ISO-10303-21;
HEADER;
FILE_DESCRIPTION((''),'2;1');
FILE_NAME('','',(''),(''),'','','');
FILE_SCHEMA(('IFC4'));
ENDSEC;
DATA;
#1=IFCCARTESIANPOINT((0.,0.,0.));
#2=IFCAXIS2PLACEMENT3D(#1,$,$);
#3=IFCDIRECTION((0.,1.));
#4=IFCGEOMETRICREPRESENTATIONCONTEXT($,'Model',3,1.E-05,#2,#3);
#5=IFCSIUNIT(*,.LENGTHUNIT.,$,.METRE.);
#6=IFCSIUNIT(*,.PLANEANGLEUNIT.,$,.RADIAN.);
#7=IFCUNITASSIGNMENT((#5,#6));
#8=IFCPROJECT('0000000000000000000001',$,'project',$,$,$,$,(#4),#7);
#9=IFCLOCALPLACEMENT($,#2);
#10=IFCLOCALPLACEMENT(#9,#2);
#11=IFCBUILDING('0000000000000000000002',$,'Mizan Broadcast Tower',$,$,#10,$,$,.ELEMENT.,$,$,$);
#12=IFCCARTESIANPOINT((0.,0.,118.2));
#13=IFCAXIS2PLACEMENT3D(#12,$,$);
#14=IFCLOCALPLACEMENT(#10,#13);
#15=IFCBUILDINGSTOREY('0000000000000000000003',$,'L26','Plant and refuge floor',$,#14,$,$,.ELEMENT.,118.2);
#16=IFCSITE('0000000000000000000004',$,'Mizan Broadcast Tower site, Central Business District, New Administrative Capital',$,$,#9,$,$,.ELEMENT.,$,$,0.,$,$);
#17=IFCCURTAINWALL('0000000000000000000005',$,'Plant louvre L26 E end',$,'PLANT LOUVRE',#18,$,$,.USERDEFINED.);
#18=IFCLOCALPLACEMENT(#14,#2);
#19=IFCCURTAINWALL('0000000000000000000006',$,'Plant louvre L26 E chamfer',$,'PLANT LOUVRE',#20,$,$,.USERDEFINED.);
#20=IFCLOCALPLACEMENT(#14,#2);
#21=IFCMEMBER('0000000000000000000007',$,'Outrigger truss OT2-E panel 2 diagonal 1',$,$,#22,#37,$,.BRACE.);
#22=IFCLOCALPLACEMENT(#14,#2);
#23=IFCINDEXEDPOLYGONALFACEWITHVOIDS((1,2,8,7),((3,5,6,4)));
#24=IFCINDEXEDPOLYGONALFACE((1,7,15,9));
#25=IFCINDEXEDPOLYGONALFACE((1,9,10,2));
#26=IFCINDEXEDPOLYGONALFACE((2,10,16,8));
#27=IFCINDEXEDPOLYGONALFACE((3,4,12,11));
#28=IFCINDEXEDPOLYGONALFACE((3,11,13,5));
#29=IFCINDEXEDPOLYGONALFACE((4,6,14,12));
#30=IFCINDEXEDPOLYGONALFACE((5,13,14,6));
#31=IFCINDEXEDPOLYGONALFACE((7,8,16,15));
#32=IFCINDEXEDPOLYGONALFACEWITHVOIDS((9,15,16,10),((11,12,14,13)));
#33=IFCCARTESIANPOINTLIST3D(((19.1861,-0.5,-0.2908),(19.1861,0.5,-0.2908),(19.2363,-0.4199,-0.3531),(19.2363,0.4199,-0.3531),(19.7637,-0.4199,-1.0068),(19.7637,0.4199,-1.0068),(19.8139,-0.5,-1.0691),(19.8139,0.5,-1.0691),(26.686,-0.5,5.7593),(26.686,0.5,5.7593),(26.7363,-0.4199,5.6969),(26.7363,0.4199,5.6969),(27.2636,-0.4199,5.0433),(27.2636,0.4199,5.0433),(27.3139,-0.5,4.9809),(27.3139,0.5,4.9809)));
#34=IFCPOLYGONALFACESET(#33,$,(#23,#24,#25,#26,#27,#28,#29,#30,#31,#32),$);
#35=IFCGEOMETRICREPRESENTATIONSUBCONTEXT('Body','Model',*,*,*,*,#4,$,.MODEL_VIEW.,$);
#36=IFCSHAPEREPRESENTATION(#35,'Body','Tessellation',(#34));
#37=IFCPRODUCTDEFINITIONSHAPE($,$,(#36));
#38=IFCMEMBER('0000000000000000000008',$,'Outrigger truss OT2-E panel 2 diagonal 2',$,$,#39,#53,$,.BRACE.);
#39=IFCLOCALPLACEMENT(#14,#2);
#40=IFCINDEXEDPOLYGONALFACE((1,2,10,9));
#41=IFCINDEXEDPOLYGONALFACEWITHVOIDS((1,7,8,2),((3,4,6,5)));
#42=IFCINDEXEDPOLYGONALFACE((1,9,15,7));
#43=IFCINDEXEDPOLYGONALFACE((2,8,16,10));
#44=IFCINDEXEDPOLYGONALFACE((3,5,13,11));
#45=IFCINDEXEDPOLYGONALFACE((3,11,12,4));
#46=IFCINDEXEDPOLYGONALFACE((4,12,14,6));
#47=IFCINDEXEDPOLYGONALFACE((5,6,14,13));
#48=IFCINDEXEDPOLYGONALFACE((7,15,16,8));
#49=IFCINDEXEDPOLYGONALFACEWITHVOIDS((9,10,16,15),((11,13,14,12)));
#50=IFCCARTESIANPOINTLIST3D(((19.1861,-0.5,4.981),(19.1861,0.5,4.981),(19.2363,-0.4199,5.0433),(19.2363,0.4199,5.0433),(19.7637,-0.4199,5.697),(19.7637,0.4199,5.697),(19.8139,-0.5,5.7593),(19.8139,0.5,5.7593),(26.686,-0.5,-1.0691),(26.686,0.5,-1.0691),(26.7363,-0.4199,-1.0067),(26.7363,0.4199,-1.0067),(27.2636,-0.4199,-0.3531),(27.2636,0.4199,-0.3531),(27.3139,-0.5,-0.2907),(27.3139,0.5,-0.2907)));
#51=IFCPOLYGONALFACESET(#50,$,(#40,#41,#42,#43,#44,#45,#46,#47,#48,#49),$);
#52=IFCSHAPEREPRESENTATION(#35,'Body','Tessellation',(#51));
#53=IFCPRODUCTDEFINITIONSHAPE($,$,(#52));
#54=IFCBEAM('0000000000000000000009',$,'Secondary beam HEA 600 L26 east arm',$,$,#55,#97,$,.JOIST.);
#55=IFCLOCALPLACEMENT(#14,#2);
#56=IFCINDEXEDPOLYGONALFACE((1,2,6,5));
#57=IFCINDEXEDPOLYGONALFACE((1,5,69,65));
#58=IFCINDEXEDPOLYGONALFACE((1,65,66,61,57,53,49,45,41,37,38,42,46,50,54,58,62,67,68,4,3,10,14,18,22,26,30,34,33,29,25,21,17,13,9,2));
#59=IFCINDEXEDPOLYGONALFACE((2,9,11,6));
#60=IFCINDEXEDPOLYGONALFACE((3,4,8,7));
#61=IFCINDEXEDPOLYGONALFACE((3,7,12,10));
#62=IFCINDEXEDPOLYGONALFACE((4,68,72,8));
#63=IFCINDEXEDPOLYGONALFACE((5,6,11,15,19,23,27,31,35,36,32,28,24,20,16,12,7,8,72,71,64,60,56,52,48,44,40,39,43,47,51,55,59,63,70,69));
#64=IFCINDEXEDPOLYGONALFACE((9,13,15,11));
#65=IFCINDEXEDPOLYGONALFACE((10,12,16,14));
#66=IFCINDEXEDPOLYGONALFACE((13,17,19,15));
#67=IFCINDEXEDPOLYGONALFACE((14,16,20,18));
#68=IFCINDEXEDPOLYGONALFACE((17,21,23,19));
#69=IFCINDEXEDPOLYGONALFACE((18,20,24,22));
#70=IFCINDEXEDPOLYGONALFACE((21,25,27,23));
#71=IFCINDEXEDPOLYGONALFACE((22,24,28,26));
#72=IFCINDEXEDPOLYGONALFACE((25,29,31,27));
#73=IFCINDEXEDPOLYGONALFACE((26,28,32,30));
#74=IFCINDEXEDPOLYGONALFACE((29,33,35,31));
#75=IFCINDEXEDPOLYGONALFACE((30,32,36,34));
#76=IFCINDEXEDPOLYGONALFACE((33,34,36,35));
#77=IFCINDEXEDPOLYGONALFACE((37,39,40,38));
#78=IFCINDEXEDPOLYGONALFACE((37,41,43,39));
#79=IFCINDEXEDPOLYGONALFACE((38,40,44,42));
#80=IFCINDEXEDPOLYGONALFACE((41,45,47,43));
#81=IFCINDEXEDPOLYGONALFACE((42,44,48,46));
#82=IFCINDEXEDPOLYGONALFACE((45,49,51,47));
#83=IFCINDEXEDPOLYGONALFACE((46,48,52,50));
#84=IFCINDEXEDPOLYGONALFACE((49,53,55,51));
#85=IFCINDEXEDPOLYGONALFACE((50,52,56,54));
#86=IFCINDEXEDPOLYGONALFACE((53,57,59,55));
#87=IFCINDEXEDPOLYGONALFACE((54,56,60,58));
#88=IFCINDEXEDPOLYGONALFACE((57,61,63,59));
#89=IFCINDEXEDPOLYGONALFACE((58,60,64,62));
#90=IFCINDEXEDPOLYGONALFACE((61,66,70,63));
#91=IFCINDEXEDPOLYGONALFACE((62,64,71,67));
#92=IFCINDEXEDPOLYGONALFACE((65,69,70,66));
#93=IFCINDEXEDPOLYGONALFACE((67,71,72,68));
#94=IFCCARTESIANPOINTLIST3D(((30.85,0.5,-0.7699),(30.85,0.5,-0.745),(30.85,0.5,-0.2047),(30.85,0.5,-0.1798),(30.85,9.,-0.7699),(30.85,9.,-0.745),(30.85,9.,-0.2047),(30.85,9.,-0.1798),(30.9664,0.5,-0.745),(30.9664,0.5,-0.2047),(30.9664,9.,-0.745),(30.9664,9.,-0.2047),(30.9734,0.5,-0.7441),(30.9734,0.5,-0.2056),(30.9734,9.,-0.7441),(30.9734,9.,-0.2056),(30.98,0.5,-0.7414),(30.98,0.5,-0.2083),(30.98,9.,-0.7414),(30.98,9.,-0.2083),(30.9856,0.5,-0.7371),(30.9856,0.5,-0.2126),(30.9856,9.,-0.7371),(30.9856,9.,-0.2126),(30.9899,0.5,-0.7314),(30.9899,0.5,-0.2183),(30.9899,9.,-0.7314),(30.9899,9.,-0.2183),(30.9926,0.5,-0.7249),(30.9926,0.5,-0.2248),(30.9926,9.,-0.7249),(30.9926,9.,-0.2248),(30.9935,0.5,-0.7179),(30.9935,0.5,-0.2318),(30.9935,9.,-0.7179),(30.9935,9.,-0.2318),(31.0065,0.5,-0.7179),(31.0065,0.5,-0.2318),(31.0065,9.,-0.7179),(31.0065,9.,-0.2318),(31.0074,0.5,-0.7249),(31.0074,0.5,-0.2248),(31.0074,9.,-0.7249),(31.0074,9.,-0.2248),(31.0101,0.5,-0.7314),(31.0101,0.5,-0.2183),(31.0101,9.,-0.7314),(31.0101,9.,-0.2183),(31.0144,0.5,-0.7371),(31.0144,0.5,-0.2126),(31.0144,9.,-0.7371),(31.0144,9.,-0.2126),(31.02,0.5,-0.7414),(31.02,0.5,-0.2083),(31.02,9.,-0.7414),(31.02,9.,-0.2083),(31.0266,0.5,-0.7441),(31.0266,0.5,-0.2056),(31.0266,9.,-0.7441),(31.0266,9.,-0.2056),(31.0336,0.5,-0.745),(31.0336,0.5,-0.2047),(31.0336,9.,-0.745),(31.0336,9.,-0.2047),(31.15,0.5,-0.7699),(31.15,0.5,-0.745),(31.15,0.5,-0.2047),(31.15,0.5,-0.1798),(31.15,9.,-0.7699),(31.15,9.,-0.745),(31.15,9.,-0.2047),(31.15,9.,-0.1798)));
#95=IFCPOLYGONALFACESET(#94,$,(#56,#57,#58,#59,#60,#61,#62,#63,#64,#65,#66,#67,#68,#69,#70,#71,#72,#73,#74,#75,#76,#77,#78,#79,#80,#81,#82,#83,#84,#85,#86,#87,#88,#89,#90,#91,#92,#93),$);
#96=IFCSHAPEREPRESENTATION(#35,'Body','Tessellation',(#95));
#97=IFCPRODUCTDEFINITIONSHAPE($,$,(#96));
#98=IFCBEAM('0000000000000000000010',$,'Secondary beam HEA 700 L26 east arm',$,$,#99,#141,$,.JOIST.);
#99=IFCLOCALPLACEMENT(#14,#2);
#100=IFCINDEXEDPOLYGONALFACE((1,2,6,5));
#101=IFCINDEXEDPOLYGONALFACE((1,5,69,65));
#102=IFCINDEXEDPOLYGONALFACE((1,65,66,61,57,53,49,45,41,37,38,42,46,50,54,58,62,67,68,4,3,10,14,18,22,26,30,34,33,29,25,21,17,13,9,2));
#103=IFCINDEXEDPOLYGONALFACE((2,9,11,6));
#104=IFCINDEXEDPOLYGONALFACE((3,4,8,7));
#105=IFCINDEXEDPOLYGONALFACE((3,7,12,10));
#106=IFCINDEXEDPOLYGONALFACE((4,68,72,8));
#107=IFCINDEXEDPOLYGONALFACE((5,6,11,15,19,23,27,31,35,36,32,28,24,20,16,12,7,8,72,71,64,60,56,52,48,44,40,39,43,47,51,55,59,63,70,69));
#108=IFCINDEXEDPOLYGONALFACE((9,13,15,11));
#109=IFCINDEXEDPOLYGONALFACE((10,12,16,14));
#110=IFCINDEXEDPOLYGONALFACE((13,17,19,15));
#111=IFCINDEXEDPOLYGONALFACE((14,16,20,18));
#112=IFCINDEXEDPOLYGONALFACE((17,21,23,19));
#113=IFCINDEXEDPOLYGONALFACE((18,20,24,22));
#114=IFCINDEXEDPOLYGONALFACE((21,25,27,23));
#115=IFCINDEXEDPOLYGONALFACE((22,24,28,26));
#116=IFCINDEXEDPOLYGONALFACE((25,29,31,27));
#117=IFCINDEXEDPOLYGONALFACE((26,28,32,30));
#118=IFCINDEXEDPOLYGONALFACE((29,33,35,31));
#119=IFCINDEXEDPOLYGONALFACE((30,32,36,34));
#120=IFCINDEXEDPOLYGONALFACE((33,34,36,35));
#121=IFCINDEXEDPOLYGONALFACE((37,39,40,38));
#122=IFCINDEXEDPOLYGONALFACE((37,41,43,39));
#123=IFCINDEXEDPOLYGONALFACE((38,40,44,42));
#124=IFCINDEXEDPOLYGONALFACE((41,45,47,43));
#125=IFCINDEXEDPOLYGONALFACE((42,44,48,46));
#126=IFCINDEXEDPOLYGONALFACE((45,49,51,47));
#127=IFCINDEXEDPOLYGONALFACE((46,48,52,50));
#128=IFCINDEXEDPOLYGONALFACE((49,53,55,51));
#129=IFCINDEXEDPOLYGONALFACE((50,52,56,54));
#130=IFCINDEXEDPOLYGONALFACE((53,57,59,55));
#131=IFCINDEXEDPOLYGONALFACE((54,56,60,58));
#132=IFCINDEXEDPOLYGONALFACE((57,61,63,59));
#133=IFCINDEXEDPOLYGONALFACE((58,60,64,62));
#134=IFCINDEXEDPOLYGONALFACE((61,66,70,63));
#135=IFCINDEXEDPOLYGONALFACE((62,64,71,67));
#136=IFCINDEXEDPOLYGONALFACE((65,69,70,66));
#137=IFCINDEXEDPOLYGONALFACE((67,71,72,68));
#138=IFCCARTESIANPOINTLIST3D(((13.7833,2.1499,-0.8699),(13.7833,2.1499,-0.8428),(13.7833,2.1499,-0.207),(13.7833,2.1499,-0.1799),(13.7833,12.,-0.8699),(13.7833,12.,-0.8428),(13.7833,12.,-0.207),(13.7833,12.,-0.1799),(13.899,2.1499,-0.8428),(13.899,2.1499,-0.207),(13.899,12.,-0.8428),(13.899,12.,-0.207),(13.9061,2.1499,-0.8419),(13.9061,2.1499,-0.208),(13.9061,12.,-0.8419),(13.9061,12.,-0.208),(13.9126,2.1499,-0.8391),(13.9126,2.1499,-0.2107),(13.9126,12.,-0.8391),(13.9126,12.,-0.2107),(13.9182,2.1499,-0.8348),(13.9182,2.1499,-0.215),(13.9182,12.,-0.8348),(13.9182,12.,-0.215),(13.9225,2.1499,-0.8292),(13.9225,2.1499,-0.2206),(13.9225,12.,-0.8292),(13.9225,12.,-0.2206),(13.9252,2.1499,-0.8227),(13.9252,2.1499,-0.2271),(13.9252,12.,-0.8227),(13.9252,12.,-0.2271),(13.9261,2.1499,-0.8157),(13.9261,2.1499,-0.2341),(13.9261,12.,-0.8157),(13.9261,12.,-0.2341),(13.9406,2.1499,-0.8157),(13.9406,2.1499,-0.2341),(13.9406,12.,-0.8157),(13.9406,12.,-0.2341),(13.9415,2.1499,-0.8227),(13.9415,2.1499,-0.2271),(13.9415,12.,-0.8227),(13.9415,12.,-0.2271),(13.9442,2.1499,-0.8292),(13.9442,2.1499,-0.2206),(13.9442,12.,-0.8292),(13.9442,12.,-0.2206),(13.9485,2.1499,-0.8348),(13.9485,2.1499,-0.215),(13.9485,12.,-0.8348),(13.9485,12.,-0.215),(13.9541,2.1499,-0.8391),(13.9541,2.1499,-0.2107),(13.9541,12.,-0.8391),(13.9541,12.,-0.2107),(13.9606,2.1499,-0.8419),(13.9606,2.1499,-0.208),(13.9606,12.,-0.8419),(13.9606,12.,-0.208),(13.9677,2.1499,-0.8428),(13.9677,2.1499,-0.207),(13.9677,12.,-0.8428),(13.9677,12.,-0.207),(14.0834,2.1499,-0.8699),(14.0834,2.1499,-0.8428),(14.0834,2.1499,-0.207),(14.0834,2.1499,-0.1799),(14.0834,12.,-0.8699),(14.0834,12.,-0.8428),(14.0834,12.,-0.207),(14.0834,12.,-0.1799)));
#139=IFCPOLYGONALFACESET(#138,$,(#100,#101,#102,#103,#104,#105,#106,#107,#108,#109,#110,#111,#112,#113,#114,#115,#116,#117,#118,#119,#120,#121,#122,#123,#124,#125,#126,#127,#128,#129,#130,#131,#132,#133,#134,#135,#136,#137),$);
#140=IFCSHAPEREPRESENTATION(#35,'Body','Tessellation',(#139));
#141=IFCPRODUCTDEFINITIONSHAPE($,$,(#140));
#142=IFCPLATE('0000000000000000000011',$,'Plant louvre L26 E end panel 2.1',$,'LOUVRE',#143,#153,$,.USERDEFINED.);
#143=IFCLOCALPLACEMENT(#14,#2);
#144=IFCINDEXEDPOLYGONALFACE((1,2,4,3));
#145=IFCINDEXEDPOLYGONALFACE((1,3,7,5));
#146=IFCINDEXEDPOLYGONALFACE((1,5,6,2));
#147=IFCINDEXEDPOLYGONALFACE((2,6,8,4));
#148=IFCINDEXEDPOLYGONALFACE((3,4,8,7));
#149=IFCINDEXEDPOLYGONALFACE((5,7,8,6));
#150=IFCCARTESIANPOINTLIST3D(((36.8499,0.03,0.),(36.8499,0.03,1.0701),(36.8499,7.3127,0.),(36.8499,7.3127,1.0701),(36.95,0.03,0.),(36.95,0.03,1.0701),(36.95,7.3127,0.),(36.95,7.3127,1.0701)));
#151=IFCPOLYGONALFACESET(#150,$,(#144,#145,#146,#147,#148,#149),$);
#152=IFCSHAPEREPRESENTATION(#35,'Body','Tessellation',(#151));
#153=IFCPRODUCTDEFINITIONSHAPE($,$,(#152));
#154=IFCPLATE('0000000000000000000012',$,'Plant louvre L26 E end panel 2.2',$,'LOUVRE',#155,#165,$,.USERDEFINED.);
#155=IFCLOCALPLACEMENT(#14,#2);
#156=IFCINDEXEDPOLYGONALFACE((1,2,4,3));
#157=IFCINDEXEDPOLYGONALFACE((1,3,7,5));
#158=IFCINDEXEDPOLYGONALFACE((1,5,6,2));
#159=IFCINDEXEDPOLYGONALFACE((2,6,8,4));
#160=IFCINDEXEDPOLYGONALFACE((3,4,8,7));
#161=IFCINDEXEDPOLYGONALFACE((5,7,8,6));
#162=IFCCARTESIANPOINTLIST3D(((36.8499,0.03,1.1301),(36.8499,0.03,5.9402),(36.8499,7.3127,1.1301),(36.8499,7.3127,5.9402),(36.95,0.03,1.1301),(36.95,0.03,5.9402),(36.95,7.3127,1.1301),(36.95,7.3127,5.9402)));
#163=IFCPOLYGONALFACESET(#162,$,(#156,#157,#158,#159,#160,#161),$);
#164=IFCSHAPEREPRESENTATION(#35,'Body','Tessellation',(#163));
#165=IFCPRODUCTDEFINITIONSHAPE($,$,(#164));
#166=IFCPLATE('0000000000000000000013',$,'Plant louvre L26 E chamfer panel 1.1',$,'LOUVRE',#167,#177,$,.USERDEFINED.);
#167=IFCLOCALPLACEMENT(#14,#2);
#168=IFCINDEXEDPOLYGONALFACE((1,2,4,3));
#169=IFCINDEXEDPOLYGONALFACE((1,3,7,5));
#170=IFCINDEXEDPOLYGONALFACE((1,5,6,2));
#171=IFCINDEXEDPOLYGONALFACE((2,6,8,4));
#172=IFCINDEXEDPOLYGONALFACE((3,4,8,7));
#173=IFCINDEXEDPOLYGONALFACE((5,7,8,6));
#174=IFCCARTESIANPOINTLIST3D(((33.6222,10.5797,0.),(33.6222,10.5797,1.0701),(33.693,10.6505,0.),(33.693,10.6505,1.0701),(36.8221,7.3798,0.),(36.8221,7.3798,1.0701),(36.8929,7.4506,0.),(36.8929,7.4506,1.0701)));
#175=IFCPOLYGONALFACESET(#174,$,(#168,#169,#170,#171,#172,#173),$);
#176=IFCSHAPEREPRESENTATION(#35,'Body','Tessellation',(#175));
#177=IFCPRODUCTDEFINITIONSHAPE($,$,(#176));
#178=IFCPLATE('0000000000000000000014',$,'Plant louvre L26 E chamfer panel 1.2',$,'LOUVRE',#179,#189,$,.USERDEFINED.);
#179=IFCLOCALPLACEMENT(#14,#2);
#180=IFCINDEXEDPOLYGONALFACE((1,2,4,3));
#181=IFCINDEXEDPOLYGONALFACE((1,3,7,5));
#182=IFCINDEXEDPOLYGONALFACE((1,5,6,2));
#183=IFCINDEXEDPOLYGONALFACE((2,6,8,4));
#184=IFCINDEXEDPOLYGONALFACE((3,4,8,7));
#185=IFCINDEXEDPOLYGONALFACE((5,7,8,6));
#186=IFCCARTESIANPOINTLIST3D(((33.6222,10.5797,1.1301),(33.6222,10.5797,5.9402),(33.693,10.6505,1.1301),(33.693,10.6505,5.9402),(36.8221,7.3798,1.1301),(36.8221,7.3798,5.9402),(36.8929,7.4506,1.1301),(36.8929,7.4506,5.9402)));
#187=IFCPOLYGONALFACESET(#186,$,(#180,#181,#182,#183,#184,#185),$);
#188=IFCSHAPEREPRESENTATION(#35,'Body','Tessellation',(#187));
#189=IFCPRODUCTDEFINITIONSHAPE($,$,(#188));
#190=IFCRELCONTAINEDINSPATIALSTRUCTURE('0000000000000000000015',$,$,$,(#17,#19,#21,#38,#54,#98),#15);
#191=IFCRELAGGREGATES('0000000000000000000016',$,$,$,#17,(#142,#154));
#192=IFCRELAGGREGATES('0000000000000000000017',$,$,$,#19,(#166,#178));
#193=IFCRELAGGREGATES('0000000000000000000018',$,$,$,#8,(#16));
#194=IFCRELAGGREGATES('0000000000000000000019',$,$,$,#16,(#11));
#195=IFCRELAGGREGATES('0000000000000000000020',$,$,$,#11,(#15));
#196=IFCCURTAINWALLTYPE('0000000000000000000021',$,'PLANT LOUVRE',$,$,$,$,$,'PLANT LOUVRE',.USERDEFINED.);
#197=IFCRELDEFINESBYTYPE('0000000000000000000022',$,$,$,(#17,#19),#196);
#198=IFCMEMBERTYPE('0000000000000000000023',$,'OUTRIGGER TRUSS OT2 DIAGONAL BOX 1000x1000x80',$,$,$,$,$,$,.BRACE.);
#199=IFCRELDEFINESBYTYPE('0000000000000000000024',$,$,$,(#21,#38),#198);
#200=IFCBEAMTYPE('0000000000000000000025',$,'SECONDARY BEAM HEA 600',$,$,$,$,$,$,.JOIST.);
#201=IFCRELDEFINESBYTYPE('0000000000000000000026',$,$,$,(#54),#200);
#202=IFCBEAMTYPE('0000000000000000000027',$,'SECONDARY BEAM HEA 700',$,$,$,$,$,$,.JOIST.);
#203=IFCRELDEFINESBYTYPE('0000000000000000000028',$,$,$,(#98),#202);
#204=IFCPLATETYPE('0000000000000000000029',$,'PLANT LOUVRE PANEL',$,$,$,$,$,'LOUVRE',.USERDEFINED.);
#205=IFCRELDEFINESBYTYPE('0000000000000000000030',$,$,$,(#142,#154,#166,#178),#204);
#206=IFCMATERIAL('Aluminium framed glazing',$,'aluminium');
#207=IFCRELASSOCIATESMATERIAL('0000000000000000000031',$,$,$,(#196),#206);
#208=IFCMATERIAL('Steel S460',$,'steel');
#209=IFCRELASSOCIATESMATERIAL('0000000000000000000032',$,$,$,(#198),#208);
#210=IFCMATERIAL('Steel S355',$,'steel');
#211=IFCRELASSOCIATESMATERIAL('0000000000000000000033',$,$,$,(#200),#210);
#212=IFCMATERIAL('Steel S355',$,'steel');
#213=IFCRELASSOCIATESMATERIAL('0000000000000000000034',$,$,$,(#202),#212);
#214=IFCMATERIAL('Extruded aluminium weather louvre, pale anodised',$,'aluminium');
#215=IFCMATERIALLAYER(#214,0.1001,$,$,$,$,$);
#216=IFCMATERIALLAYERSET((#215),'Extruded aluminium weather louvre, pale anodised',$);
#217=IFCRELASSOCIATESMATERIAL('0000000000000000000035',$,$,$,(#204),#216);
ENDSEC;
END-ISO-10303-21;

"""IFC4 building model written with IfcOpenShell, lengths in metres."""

from ifc_helpers import new_model, si_unit, direction, frame, origin, origin_2d, place, context, subcontext, project, spatial, rectangle, hollow_rectangle, i_section, extrude, material, layer, layer_set, material_profile, profile_set, type_object, element, aggregate, save


model = new_model("IFC4")

# Units and contexts
model_context = context("Model", 3, precision=1e-05, world=origin(), true_north=direction((0.0, 1.0)))
body_context = subcontext(model_context, "Body", "Model", "MODEL_VIEW")
ifc_project = project(units=[si_unit("LENGTHUNIT", "METRE"), si_unit("PLANEANGLEUNIT", "RADIAN")], contexts=[model_context])

# Site, building, storey
site_placement = place(None, origin())
site = spatial("IfcSite", under=ifc_project, at=site_placement, Name="Mizan Broadcast Tower site, Central Business District, New Administrative Capital", CompositionType="ELEMENT", RefElevation=0.0)
building_placement = place(site_placement, origin())
building = spatial("IfcBuilding", under=site, at=building_placement, Name="Mizan Broadcast Tower", CompositionType="ELEMENT")
storey_placement = place(building_placement, frame((0.0, 0.0, 118.2)))
storey = spatial("IfcBuildingStorey", under=building, at=storey_placement, Name="L26", Description="Plant and refuge floor", CompositionType="ELEMENT", Elevation=118.2)

# Curtain wall
ifc_material_1 = material(Name="Aluminium framed glazing", Category="aluminium")
curtain_wall_type = type_object("IfcCurtainWallType", Name="PLANT LOUVRE", ElementType="PLANT LOUVRE", PredefinedType="USERDEFINED", material=ifc_material_1)
curtain_wall_1_placement = place(storey_placement, origin())
curtain_wall_1 = element("IfcCurtainWall", 1, at=curtain_wall_1_placement, inside=storey, type_object=curtain_wall_type, Name="Plant louvre L26 E end", ObjectType="PLANT LOUVRE", PredefinedType="USERDEFINED")

# Curtain wall
curtain_wall_2_placement = place(storey_placement, origin())
curtain_wall_2 = element("IfcCurtainWall", 2, at=curtain_wall_2_placement, inside=storey, type_object=curtain_wall_type, Name="Plant louvre L26 E chamfer", ObjectType="PLANT LOUVRE", PredefinedType="USERDEFINED")

# Members
ifc_material_2 = material(Name="Steel S460", Category="steel")
ifc_material_profile_1 = material_profile(ifc_material_2, hollow_rectangle(XDim=1.0, YDim=1.0, WallThickness=0.0801, at=origin_2d()), Name="BOX 1000x1000x80")
ifc_profile_set_1 = profile_set([ifc_material_profile_1], Name="Steel S460")
member_type_1 = type_object("IfcMemberType", Name="OUTRIGGER TRUSS OT2 DIAGONAL BOX 1000x1000x80", PredefinedType="BRACE", material=ifc_profile_set_1)
for number, where, z_axis, x_axis, name in (
    (3, (19.5, 0.0, -0.6799), (0.778329, 0.0, 0.627857), (0.0, 1.0, 0.0), "Outrigger truss OT2-E panel 2 diagonal 1"),
    (4, (19.5, 0.0, 5.3701), (0.778329, 0.0, -0.627857), (0.0, 1.0, 0.0), "Outrigger truss OT2-E panel 2 diagonal 2"),
):
    element("IfcMember", number, at=place(storey_placement, frame(where, z_axis=z_axis, x_axis=x_axis)), inside=storey, type_object=member_type_1, Name=name, PredefinedType="BRACE", context=body_context, shape_type="SweptSolid", body=[
        extrude(hollow_rectangle(XDim=1.0, YDim=1.0, WallThickness=0.0801, at=origin_2d()), origin(), (0.0, 0.0, 1.0), 9.636),
    ])

# Beams
ifc_material_3 = material(Name="Steel S355", Category="steel")
ifc_material_profile_2 = material_profile(ifc_material_3, i_section(OverallWidth=0.3, OverallDepth=0.5901, WebThickness=0.0129, FlangeThickness=0.0249, FilletRadius=0.0271, at=origin_2d()), Name="HEA 600")
ifc_profile_set_2 = profile_set([ifc_material_profile_2], Name="Steel S355")
beam_type_1 = type_object("IfcBeamType", Name="SECONDARY BEAM HEA 600", PredefinedType="JOIST", material=ifc_profile_set_2)
beam_1_placement = place(storey_placement, frame((31.0, 9.0, -0.4749), z_axis=(0.0, -1.0, 0.0), x_axis=(1.0, 0.0, 0.0)))
element("IfcBeam", 5, at=beam_1_placement, inside=storey, type_object=beam_type_1, Name="Secondary beam HEA 600 L26 east arm", PredefinedType="JOIST", context=body_context, shape_type="SweptSolid", body=[
    extrude(i_section(OverallWidth=0.3, OverallDepth=0.5901, WebThickness=0.0129, FlangeThickness=0.0249, FilletRadius=0.0271, at=origin_2d()), origin(), (0.0, 0.0, 1.0), 8.5),
])
ifc_material_4 = material(Name="Steel S355", Category="steel")
ifc_material_profile_3 = material_profile(ifc_material_4, i_section(OverallWidth=0.3, OverallDepth=0.6899, WebThickness=0.0144, FlangeThickness=0.0271, FilletRadius=0.0271, at=origin_2d()), Name="HEA 700")
ifc_profile_set_3 = profile_set([ifc_material_profile_3], Name="Steel S355")
beam_type_2 = type_object("IfcBeamType", Name="SECONDARY BEAM HEA 700", PredefinedType="JOIST", material=ifc_profile_set_3)
beam_2_placement = place(storey_placement, frame((13.9333, 12.0, -0.5249), z_axis=(0.0, -1.0, 0.0), x_axis=(1.0, 0.0, 0.0)))
element("IfcBeam", 6, at=beam_2_placement, inside=storey, type_object=beam_type_2, Name="Secondary beam HEA 700 L26 east arm", PredefinedType="JOIST", context=body_context, shape_type="SweptSolid", body=[
    extrude(i_section(OverallWidth=0.3, OverallDepth=0.6899, WebThickness=0.0144, FlangeThickness=0.0271, FilletRadius=0.0271, at=origin_2d()), origin(), (0.0, 0.0, 1.0), 9.8501),
])

# Plates
ifc_material_5 = material(Name="Extruded aluminium weather louvre, pale anodised", Category="aluminium")
ifc_layer = layer(ifc_material_5, 0.1001)
ifc_layer_set = layer_set([ifc_layer], Name="Extruded aluminium weather louvre, pale anodised")
plate_type = type_object("IfcPlateType", Name="PLANT LOUVRE PANEL", ElementType="LOUVRE", PredefinedType="USERDEFINED", material=ifc_layer_set)
plate_1_placement = place(storey_placement, frame((36.8999, 3.6714, 0.0), z_axis=(0.0, 0.0, 1.0), x_axis=(0.0, 1.0, 0.0)))
plate_1 = element("IfcPlate", 7, at=plate_1_placement, type_object=plate_type, Name="Plant louvre L26 E end panel 2.1", ObjectType="LOUVRE", PredefinedType="USERDEFINED", context=body_context, shape_type="SweptSolid", body=[
    extrude(rectangle(XDim=7.2827, YDim=0.1001, at=origin_2d()), origin(), (0.0, 0.0, 1.0), 1.0701),
])
plate_2_placement = place(storey_placement, frame((36.8999, 3.6714, 1.1301), z_axis=(0.0, 0.0, 1.0), x_axis=(0.0, 1.0, 0.0)))
plate_2 = element("IfcPlate", 8, at=plate_2_placement, type_object=plate_type, Name="Plant louvre L26 E end panel 2.2", ObjectType="LOUVRE", PredefinedType="USERDEFINED", context=body_context, shape_type="SweptSolid", body=[
    extrude(rectangle(XDim=7.2827, YDim=0.1001, at=origin_2d()), origin(), (0.0, 0.0, 1.0), 4.8101),
])
aggregate(curtain_wall_1, [plate_1, plate_2])
plate_3_placement = place(storey_placement, frame((35.2576, 9.0151, 0.0), z_axis=(0.0, 0.0, 1.0), x_axis=(-0.707107, 0.707107, 0.0)))
plate_3 = element("IfcPlate", 9, at=plate_3_placement, type_object=plate_type, Name="Plant louvre L26 E chamfer panel 1.1", ObjectType="LOUVRE", PredefinedType="USERDEFINED", context=body_context, shape_type="SweptSolid", body=[
    extrude(rectangle(XDim=4.5254, YDim=0.1001, at=origin_2d()), origin(), (0.0, 0.0, 1.0), 1.0701),
])
plate_4_placement = place(storey_placement, frame((35.2576, 9.0151, 1.1301), z_axis=(0.0, 0.0, 1.0), x_axis=(-0.707107, 0.707107, 0.0)))
plate_4 = element("IfcPlate", 10, at=plate_4_placement, type_object=plate_type, Name="Plant louvre L26 E chamfer panel 1.2", ObjectType="LOUVRE", PredefinedType="USERDEFINED", context=body_context, shape_type="SweptSolid", body=[
    extrude(rectangle(XDim=4.5254, YDim=0.1001, at=origin_2d()), origin(), (0.0, 0.0, 1.0), 4.8101),
])
aggregate(curtain_wall_2, [plate_3, plate_4])

save(model, "model.ifc")
